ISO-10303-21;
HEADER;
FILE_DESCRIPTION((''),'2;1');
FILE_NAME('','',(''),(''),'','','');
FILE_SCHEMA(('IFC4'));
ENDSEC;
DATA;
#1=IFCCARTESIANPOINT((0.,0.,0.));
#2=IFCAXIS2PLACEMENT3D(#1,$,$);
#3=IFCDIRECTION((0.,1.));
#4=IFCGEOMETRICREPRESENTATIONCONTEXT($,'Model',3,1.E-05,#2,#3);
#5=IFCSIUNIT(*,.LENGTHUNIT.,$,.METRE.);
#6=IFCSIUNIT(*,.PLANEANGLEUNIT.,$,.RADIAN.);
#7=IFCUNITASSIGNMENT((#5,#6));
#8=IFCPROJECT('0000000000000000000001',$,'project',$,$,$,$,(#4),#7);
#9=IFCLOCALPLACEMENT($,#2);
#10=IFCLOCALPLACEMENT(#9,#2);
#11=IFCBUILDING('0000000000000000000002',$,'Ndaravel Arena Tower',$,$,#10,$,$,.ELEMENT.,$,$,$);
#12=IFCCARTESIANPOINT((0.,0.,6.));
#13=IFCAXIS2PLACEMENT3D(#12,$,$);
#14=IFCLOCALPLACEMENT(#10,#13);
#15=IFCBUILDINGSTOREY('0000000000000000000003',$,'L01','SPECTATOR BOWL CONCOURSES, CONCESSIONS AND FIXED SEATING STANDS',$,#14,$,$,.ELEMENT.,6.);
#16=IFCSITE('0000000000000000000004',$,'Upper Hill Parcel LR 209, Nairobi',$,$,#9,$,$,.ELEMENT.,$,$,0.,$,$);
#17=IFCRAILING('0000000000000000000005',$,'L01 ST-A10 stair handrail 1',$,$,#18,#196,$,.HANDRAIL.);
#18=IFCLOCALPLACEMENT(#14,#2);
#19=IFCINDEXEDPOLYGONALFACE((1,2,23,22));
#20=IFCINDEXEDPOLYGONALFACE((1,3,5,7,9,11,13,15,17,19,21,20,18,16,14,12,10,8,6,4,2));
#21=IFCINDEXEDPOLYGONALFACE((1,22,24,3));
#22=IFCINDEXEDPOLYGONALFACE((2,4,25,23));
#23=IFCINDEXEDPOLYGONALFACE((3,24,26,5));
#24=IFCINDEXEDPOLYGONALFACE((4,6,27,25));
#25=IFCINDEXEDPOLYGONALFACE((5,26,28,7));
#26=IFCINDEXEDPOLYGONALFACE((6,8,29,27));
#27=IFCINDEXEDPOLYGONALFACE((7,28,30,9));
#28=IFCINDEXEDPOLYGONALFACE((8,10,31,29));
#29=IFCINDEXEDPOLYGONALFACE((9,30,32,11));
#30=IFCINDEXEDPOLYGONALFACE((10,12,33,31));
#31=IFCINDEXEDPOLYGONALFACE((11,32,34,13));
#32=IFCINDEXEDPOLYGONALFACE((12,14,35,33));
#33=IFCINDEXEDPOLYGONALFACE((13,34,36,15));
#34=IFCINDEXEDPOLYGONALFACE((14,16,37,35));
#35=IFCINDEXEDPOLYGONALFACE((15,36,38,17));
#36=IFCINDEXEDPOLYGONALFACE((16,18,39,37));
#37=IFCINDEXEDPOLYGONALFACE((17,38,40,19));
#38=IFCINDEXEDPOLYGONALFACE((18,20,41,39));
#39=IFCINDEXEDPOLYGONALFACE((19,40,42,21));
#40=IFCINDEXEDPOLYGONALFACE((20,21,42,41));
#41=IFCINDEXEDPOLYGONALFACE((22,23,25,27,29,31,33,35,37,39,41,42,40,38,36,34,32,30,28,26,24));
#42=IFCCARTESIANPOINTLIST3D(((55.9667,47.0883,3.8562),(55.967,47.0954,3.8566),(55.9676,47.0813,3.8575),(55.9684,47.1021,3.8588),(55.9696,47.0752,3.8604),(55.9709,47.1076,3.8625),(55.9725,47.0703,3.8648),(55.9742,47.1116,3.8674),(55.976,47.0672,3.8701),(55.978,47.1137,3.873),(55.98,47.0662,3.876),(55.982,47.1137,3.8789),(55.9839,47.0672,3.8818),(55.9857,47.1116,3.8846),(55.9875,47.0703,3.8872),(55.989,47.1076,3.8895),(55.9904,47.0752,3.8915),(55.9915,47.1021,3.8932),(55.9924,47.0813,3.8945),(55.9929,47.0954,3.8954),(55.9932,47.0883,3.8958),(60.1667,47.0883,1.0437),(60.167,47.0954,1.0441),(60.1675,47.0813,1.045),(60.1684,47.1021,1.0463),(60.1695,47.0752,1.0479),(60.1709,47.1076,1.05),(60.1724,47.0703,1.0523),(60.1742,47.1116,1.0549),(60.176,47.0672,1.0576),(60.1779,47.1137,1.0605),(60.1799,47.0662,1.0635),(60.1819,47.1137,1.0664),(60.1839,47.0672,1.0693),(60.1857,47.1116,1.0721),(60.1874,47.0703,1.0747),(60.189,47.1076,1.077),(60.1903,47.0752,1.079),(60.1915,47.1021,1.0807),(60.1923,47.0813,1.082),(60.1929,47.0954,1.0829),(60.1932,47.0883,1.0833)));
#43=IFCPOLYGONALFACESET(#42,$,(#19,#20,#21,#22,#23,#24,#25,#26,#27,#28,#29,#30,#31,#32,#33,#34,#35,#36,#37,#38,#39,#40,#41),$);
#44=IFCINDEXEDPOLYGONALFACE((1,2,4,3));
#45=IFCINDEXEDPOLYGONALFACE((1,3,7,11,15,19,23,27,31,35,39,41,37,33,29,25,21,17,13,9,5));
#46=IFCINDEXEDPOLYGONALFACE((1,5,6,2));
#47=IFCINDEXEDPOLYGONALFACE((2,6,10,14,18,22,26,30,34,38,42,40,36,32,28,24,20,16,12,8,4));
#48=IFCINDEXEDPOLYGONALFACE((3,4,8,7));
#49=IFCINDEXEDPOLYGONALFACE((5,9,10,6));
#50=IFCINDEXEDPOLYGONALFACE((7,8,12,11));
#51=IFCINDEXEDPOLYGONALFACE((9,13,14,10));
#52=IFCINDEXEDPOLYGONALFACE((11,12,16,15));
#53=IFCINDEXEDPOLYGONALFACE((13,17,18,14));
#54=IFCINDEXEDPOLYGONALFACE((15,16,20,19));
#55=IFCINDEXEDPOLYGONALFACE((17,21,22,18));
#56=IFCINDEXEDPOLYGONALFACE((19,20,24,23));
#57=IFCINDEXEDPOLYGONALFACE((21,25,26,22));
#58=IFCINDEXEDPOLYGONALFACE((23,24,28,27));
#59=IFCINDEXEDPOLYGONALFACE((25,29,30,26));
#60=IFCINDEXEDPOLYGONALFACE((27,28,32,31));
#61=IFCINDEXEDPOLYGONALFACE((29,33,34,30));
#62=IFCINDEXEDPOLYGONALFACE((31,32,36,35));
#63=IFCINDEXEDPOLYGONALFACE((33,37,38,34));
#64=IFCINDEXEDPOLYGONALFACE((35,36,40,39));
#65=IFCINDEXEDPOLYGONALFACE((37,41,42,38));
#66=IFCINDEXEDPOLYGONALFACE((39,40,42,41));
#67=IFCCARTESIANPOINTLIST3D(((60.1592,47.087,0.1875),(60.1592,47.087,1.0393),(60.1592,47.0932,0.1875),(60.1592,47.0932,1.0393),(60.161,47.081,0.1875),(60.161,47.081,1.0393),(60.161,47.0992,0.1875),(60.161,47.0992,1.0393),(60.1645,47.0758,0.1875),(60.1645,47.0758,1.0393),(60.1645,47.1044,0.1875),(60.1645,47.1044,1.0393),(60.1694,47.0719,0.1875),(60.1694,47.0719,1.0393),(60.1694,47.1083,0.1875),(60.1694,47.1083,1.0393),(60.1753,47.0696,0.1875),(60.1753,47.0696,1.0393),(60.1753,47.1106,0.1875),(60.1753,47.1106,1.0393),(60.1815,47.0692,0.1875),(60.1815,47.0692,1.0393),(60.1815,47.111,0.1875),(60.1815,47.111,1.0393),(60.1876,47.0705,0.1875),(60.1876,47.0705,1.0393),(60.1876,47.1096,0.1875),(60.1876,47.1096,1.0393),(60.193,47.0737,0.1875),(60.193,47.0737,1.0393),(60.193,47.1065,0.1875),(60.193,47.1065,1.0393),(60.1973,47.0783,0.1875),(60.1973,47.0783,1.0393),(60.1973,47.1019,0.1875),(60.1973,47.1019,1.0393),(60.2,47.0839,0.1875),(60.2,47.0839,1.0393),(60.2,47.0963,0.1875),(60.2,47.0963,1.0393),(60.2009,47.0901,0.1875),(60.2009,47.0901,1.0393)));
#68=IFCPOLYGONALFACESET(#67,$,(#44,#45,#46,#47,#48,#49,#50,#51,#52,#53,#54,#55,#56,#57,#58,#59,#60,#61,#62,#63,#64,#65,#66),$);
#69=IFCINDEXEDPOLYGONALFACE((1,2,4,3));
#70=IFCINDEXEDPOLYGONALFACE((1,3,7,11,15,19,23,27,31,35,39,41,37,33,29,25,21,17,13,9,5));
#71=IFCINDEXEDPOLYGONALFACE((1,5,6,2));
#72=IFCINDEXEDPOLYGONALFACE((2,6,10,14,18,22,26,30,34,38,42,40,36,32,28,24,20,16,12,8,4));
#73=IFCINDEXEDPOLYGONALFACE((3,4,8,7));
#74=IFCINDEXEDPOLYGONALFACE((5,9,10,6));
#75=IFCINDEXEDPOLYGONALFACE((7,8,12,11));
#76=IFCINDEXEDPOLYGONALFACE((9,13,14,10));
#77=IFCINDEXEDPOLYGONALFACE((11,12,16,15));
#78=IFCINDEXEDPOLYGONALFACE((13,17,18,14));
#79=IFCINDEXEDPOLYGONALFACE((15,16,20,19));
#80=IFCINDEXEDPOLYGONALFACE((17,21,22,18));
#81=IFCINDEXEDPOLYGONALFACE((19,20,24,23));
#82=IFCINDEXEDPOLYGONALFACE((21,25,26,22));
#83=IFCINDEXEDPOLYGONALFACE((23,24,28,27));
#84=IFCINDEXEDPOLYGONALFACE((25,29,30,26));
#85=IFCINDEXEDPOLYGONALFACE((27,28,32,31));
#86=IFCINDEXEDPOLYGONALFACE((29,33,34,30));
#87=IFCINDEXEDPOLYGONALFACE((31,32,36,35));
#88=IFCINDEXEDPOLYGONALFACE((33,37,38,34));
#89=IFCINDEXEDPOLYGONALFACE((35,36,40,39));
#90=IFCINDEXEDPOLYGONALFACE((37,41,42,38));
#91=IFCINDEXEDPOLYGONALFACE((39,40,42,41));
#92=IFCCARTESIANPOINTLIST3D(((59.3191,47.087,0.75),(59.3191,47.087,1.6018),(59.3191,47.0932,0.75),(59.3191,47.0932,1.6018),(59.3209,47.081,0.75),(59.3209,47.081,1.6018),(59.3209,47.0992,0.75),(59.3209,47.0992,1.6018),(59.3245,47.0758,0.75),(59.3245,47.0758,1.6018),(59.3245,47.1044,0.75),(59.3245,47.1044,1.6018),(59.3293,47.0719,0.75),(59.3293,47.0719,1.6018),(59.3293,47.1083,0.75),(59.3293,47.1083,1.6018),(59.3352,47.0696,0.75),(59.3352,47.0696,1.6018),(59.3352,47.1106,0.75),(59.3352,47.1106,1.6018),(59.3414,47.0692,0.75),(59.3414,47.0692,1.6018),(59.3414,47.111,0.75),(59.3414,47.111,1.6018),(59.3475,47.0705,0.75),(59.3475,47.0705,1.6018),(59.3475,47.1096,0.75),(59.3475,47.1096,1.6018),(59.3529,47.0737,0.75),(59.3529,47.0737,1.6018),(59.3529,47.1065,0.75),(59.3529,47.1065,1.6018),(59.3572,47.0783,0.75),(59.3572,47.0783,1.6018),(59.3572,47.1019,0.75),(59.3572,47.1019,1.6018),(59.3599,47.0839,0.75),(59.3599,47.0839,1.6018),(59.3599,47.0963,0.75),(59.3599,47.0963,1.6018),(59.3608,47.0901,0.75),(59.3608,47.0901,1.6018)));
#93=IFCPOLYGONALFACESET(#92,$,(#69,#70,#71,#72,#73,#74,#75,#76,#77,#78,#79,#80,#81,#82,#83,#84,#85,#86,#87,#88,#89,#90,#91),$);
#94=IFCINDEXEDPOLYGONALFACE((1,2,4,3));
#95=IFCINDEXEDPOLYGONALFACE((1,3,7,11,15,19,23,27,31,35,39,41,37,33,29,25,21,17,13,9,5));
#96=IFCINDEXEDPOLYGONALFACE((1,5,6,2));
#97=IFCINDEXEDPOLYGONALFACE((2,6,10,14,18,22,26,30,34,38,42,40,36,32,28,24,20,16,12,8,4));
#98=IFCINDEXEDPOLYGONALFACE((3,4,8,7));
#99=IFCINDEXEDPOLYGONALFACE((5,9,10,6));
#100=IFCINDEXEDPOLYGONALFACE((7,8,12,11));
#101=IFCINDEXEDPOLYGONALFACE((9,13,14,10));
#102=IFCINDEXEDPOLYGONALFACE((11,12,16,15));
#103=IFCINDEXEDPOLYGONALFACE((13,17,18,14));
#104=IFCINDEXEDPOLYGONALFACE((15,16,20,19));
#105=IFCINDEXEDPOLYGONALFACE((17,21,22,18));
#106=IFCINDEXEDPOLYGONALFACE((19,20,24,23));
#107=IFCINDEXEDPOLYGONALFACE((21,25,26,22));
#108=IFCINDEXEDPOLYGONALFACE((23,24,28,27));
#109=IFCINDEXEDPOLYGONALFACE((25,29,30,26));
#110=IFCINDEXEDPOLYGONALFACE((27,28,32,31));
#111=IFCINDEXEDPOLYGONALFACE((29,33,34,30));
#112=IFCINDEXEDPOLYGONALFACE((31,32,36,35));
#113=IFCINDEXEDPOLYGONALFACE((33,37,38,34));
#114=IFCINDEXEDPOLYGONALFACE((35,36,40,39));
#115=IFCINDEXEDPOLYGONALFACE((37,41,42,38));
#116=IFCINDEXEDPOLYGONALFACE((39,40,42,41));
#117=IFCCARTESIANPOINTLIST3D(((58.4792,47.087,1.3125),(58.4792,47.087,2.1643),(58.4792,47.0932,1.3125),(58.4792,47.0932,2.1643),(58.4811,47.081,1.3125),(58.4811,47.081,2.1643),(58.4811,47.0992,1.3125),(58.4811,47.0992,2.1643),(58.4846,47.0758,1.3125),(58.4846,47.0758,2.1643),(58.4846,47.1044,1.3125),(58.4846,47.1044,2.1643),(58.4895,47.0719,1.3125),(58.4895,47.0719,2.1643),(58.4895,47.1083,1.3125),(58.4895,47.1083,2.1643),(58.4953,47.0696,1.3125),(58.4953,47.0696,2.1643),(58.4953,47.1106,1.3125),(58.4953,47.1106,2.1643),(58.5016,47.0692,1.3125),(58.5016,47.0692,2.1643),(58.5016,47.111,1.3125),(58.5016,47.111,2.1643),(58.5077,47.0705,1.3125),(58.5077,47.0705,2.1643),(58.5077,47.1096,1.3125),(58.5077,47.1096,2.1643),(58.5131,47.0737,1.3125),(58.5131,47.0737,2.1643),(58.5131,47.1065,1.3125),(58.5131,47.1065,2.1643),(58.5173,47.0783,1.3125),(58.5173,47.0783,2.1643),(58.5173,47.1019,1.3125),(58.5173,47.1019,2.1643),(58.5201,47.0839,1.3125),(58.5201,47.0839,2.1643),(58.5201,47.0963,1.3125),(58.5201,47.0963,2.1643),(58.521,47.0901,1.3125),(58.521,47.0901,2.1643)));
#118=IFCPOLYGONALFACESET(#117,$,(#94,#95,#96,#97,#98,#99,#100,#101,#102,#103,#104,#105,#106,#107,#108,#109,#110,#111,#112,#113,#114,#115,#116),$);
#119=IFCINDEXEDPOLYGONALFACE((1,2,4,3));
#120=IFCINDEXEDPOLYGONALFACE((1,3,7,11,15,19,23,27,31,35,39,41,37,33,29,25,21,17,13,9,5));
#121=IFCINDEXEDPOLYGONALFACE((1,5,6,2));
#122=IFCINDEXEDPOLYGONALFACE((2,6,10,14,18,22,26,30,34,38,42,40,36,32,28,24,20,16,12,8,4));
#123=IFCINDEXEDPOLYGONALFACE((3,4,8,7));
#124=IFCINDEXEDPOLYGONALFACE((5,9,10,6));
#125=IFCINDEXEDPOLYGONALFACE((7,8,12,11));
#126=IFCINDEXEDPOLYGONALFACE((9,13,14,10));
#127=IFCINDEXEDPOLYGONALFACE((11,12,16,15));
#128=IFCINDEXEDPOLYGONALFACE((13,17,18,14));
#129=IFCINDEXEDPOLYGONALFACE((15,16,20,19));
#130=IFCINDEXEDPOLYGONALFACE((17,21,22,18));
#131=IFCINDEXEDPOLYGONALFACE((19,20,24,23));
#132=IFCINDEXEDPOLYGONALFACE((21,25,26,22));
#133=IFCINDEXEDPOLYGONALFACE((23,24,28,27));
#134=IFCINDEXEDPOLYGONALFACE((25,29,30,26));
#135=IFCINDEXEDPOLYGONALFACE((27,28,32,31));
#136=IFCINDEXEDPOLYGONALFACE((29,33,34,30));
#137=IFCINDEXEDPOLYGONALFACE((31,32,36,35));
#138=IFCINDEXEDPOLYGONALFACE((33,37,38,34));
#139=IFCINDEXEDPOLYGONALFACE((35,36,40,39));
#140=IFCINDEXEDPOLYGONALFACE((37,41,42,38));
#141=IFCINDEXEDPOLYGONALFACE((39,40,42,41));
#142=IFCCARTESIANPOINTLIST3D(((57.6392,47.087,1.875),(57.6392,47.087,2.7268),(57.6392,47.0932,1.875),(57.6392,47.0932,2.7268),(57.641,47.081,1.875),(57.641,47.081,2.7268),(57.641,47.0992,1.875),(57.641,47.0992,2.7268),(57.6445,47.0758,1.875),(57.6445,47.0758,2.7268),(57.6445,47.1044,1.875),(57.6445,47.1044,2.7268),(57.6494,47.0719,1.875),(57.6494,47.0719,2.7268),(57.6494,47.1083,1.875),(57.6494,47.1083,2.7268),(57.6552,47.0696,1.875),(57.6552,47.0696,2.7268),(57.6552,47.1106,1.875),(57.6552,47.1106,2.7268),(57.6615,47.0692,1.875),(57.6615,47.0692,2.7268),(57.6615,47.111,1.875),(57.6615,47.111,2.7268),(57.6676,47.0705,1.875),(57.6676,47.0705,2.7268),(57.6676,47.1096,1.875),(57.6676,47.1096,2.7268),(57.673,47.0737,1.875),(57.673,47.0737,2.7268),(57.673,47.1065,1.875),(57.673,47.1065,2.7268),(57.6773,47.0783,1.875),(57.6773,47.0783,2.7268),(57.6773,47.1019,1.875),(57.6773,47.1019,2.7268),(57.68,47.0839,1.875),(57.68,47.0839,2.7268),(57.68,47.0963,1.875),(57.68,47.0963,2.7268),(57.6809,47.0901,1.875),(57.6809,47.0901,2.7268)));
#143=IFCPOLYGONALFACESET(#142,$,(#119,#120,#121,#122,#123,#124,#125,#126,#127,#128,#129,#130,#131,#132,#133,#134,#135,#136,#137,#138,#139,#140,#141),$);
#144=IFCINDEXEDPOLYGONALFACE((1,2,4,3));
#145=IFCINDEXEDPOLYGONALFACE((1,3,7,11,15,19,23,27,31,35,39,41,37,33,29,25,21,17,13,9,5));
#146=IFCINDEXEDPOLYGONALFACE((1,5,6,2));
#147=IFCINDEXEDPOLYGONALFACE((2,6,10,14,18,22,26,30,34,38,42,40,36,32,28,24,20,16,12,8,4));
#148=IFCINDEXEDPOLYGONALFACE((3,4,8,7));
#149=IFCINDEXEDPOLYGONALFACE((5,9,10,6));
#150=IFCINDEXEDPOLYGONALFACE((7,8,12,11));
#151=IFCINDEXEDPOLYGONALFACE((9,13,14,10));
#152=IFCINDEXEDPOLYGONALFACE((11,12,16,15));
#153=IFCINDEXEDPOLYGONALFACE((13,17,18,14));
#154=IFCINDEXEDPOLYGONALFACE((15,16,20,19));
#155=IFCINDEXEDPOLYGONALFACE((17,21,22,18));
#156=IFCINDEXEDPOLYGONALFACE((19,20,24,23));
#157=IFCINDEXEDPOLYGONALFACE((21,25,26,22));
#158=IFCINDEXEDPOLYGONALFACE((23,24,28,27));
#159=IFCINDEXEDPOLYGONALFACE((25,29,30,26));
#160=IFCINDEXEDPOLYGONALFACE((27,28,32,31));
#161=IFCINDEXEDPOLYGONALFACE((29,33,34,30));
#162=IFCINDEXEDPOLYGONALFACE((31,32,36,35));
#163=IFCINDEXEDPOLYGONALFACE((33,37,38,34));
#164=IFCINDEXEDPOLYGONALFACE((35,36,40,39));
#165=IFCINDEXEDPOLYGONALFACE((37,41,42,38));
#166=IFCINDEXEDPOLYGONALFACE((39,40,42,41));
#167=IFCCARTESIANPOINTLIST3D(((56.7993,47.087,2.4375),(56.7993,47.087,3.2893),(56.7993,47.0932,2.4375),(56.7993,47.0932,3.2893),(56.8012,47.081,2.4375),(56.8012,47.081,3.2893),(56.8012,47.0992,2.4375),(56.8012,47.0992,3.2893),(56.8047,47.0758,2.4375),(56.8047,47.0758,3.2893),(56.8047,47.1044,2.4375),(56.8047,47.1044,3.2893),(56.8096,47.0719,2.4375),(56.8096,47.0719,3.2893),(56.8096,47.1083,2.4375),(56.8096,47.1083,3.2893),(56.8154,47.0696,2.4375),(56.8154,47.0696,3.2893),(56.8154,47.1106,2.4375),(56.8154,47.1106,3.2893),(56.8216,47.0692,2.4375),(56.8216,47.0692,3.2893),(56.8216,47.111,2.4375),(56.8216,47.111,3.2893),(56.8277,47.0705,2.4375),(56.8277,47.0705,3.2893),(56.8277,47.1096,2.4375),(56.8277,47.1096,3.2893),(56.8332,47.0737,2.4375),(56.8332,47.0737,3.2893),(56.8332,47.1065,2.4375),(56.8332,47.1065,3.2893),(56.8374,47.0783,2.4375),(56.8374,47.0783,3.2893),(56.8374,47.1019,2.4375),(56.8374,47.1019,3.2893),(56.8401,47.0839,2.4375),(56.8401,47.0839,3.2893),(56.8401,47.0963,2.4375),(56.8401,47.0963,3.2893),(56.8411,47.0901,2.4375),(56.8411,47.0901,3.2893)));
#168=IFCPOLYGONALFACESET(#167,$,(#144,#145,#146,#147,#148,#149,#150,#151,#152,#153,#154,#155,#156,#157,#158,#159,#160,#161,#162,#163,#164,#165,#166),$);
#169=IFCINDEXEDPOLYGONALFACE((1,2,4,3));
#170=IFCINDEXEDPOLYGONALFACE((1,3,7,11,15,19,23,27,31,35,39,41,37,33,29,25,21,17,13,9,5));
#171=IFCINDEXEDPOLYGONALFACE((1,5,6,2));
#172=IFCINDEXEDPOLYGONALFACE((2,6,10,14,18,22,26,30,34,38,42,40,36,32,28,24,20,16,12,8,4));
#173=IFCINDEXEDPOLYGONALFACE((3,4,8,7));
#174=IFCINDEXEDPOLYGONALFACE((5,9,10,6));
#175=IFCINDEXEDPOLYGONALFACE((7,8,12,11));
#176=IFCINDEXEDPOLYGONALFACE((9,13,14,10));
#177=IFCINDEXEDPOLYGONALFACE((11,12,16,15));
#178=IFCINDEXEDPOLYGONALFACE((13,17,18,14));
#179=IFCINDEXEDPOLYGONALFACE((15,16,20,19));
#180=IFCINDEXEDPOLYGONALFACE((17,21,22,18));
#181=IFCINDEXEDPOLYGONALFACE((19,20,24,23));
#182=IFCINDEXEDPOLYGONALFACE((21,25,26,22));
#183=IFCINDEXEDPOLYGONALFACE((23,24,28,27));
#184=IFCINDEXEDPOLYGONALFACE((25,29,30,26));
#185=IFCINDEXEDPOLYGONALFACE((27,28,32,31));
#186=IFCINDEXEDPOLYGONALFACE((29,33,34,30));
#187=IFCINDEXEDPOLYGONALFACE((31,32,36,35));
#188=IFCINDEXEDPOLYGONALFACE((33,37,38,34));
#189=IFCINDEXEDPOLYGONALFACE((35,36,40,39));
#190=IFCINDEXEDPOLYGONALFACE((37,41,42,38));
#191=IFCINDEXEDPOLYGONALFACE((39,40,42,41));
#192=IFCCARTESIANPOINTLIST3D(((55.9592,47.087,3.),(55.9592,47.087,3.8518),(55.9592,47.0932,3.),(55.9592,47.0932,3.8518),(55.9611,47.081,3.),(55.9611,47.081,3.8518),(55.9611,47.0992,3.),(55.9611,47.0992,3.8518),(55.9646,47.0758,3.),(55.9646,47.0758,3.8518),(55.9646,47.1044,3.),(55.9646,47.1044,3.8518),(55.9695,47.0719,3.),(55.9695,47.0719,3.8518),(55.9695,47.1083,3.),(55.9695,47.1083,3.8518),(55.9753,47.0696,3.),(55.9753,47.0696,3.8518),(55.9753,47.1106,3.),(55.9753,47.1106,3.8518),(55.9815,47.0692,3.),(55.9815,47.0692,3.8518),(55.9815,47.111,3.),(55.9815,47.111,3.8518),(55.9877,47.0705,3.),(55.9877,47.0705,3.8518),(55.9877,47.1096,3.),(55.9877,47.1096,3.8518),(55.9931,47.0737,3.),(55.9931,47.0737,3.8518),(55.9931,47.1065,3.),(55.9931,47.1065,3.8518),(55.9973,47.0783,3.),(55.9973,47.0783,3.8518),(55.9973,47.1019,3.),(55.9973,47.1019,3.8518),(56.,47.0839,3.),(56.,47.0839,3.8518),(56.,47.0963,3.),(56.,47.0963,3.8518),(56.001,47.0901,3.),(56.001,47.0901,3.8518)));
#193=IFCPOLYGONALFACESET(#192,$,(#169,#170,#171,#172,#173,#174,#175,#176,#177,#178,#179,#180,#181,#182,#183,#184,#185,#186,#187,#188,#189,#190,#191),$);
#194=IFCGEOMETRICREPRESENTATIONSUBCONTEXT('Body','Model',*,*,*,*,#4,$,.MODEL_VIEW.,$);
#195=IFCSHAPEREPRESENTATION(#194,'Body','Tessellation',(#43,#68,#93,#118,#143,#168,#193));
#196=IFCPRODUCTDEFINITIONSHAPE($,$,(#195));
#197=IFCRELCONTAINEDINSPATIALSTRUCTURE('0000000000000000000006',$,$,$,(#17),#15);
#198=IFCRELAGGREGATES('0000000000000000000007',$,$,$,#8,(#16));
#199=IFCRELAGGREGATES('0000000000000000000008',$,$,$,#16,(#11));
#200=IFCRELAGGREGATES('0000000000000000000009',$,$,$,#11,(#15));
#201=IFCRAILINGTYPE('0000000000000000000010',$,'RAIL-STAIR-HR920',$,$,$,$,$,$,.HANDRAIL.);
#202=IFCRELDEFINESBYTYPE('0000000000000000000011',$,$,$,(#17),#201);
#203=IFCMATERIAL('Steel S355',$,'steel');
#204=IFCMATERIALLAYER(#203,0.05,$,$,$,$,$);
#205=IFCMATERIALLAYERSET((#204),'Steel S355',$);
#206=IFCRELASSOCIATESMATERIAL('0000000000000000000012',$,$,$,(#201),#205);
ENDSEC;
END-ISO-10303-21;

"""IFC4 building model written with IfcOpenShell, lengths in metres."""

from ifc_helpers import new_model, si_unit, direction, frame, origin, origin_2d, place, context, subcontext, project, spatial, circle, extrude, material, layer, layer_set, type_object, element, save


model = new_model("IFC4")

# Units and contexts
model_context = context("Model", 3, precision=1e-05, world=origin(), true_north=direction((0.0, 1.0)))
body_context = subcontext(model_context, "Body", "Model", "MODEL_VIEW")
ifc_project = project(units=[si_unit("LENGTHUNIT", "METRE"), si_unit("PLANEANGLEUNIT", "RADIAN")], contexts=[model_context])

# Site, building, storey
site_placement = place(None, origin())
site = spatial("IfcSite", under=ifc_project, at=site_placement, Name="Upper Hill Parcel LR 209, Nairobi", CompositionType="ELEMENT", RefElevation=0.0)
building_placement = place(site_placement, origin())
building = spatial("IfcBuilding", under=site, at=building_placement, Name="Ndaravel Arena Tower", CompositionType="ELEMENT")
storey_placement = place(building_placement, frame((0.0, 0.0, 6.0)))
storey = spatial("IfcBuildingStorey", under=building, at=storey_placement, Name="L01", Description="SPECTATOR BOWL CONCOURSES, CONCESSIONS AND FIXED SEATING STANDS", CompositionType="ELEMENT", Elevation=6.0)

# Railing
ifc_material_1 = material(Name="Steel S355", Category="steel")
ifc_layer_1 = layer(ifc_material_1, 0.05)
ifc_layer_set_1 = layer_set([ifc_layer_1], Name="Steel S355")
railing_type_1 = type_object("IfcRailingType", Name="RAIL-STAIR-HR920", PredefinedType="HANDRAIL", material=ifc_layer_set_1)
railing_1_placement = place(storey_placement, frame((60.1799, 47.0901, 0.1875)))
element("IfcRailing", 1, at=railing_1_placement, inside=storey, type_object=railing_type_1, Name="L01 ST-A10 stair handrail 1", PredefinedType="HANDRAIL", context=body_context, shape_type="SweptSolid", body=[
    extrude(circle(Radius=0.0239, at=origin_2d()), frame((0.0, 0.0, 0.876), z_axis=(-0.830904, 0.0, 0.556416), x_axis=(0.0, -1.0, 0.0)), (0.0, 0.0, 1.0), 5.0547),
    extrude(circle(Radius=0.021, at=origin_2d()), origin(), (0.0, 0.0, 1.0), 0.8518),
    extrude(circle(Radius=0.021, at=origin_2d()), frame((-0.8401, 0.0, 0.5625)), (0.0, 0.0, 1.0), 0.8518),
    extrude(circle(Radius=0.021, at=origin_2d()), frame((-1.6799, 0.0, 1.125)), (0.0, 0.0, 1.0), 0.8518),
    extrude(circle(Radius=0.021, at=origin_2d()), frame((-2.52, 0.0, 1.6875)), (0.0, 0.0, 1.0), 0.8518),
    extrude(circle(Radius=0.021, at=origin_2d()), frame((-3.3599, 0.0, 2.25)), (0.0, 0.0, 1.0), 0.8518),
    extrude(circle(Radius=0.021, at=origin_2d()), frame((-4.2, 0.0, 2.8125)), (0.0, 0.0, 1.0), 0.8518),
])

save(model, "model.ifc")
